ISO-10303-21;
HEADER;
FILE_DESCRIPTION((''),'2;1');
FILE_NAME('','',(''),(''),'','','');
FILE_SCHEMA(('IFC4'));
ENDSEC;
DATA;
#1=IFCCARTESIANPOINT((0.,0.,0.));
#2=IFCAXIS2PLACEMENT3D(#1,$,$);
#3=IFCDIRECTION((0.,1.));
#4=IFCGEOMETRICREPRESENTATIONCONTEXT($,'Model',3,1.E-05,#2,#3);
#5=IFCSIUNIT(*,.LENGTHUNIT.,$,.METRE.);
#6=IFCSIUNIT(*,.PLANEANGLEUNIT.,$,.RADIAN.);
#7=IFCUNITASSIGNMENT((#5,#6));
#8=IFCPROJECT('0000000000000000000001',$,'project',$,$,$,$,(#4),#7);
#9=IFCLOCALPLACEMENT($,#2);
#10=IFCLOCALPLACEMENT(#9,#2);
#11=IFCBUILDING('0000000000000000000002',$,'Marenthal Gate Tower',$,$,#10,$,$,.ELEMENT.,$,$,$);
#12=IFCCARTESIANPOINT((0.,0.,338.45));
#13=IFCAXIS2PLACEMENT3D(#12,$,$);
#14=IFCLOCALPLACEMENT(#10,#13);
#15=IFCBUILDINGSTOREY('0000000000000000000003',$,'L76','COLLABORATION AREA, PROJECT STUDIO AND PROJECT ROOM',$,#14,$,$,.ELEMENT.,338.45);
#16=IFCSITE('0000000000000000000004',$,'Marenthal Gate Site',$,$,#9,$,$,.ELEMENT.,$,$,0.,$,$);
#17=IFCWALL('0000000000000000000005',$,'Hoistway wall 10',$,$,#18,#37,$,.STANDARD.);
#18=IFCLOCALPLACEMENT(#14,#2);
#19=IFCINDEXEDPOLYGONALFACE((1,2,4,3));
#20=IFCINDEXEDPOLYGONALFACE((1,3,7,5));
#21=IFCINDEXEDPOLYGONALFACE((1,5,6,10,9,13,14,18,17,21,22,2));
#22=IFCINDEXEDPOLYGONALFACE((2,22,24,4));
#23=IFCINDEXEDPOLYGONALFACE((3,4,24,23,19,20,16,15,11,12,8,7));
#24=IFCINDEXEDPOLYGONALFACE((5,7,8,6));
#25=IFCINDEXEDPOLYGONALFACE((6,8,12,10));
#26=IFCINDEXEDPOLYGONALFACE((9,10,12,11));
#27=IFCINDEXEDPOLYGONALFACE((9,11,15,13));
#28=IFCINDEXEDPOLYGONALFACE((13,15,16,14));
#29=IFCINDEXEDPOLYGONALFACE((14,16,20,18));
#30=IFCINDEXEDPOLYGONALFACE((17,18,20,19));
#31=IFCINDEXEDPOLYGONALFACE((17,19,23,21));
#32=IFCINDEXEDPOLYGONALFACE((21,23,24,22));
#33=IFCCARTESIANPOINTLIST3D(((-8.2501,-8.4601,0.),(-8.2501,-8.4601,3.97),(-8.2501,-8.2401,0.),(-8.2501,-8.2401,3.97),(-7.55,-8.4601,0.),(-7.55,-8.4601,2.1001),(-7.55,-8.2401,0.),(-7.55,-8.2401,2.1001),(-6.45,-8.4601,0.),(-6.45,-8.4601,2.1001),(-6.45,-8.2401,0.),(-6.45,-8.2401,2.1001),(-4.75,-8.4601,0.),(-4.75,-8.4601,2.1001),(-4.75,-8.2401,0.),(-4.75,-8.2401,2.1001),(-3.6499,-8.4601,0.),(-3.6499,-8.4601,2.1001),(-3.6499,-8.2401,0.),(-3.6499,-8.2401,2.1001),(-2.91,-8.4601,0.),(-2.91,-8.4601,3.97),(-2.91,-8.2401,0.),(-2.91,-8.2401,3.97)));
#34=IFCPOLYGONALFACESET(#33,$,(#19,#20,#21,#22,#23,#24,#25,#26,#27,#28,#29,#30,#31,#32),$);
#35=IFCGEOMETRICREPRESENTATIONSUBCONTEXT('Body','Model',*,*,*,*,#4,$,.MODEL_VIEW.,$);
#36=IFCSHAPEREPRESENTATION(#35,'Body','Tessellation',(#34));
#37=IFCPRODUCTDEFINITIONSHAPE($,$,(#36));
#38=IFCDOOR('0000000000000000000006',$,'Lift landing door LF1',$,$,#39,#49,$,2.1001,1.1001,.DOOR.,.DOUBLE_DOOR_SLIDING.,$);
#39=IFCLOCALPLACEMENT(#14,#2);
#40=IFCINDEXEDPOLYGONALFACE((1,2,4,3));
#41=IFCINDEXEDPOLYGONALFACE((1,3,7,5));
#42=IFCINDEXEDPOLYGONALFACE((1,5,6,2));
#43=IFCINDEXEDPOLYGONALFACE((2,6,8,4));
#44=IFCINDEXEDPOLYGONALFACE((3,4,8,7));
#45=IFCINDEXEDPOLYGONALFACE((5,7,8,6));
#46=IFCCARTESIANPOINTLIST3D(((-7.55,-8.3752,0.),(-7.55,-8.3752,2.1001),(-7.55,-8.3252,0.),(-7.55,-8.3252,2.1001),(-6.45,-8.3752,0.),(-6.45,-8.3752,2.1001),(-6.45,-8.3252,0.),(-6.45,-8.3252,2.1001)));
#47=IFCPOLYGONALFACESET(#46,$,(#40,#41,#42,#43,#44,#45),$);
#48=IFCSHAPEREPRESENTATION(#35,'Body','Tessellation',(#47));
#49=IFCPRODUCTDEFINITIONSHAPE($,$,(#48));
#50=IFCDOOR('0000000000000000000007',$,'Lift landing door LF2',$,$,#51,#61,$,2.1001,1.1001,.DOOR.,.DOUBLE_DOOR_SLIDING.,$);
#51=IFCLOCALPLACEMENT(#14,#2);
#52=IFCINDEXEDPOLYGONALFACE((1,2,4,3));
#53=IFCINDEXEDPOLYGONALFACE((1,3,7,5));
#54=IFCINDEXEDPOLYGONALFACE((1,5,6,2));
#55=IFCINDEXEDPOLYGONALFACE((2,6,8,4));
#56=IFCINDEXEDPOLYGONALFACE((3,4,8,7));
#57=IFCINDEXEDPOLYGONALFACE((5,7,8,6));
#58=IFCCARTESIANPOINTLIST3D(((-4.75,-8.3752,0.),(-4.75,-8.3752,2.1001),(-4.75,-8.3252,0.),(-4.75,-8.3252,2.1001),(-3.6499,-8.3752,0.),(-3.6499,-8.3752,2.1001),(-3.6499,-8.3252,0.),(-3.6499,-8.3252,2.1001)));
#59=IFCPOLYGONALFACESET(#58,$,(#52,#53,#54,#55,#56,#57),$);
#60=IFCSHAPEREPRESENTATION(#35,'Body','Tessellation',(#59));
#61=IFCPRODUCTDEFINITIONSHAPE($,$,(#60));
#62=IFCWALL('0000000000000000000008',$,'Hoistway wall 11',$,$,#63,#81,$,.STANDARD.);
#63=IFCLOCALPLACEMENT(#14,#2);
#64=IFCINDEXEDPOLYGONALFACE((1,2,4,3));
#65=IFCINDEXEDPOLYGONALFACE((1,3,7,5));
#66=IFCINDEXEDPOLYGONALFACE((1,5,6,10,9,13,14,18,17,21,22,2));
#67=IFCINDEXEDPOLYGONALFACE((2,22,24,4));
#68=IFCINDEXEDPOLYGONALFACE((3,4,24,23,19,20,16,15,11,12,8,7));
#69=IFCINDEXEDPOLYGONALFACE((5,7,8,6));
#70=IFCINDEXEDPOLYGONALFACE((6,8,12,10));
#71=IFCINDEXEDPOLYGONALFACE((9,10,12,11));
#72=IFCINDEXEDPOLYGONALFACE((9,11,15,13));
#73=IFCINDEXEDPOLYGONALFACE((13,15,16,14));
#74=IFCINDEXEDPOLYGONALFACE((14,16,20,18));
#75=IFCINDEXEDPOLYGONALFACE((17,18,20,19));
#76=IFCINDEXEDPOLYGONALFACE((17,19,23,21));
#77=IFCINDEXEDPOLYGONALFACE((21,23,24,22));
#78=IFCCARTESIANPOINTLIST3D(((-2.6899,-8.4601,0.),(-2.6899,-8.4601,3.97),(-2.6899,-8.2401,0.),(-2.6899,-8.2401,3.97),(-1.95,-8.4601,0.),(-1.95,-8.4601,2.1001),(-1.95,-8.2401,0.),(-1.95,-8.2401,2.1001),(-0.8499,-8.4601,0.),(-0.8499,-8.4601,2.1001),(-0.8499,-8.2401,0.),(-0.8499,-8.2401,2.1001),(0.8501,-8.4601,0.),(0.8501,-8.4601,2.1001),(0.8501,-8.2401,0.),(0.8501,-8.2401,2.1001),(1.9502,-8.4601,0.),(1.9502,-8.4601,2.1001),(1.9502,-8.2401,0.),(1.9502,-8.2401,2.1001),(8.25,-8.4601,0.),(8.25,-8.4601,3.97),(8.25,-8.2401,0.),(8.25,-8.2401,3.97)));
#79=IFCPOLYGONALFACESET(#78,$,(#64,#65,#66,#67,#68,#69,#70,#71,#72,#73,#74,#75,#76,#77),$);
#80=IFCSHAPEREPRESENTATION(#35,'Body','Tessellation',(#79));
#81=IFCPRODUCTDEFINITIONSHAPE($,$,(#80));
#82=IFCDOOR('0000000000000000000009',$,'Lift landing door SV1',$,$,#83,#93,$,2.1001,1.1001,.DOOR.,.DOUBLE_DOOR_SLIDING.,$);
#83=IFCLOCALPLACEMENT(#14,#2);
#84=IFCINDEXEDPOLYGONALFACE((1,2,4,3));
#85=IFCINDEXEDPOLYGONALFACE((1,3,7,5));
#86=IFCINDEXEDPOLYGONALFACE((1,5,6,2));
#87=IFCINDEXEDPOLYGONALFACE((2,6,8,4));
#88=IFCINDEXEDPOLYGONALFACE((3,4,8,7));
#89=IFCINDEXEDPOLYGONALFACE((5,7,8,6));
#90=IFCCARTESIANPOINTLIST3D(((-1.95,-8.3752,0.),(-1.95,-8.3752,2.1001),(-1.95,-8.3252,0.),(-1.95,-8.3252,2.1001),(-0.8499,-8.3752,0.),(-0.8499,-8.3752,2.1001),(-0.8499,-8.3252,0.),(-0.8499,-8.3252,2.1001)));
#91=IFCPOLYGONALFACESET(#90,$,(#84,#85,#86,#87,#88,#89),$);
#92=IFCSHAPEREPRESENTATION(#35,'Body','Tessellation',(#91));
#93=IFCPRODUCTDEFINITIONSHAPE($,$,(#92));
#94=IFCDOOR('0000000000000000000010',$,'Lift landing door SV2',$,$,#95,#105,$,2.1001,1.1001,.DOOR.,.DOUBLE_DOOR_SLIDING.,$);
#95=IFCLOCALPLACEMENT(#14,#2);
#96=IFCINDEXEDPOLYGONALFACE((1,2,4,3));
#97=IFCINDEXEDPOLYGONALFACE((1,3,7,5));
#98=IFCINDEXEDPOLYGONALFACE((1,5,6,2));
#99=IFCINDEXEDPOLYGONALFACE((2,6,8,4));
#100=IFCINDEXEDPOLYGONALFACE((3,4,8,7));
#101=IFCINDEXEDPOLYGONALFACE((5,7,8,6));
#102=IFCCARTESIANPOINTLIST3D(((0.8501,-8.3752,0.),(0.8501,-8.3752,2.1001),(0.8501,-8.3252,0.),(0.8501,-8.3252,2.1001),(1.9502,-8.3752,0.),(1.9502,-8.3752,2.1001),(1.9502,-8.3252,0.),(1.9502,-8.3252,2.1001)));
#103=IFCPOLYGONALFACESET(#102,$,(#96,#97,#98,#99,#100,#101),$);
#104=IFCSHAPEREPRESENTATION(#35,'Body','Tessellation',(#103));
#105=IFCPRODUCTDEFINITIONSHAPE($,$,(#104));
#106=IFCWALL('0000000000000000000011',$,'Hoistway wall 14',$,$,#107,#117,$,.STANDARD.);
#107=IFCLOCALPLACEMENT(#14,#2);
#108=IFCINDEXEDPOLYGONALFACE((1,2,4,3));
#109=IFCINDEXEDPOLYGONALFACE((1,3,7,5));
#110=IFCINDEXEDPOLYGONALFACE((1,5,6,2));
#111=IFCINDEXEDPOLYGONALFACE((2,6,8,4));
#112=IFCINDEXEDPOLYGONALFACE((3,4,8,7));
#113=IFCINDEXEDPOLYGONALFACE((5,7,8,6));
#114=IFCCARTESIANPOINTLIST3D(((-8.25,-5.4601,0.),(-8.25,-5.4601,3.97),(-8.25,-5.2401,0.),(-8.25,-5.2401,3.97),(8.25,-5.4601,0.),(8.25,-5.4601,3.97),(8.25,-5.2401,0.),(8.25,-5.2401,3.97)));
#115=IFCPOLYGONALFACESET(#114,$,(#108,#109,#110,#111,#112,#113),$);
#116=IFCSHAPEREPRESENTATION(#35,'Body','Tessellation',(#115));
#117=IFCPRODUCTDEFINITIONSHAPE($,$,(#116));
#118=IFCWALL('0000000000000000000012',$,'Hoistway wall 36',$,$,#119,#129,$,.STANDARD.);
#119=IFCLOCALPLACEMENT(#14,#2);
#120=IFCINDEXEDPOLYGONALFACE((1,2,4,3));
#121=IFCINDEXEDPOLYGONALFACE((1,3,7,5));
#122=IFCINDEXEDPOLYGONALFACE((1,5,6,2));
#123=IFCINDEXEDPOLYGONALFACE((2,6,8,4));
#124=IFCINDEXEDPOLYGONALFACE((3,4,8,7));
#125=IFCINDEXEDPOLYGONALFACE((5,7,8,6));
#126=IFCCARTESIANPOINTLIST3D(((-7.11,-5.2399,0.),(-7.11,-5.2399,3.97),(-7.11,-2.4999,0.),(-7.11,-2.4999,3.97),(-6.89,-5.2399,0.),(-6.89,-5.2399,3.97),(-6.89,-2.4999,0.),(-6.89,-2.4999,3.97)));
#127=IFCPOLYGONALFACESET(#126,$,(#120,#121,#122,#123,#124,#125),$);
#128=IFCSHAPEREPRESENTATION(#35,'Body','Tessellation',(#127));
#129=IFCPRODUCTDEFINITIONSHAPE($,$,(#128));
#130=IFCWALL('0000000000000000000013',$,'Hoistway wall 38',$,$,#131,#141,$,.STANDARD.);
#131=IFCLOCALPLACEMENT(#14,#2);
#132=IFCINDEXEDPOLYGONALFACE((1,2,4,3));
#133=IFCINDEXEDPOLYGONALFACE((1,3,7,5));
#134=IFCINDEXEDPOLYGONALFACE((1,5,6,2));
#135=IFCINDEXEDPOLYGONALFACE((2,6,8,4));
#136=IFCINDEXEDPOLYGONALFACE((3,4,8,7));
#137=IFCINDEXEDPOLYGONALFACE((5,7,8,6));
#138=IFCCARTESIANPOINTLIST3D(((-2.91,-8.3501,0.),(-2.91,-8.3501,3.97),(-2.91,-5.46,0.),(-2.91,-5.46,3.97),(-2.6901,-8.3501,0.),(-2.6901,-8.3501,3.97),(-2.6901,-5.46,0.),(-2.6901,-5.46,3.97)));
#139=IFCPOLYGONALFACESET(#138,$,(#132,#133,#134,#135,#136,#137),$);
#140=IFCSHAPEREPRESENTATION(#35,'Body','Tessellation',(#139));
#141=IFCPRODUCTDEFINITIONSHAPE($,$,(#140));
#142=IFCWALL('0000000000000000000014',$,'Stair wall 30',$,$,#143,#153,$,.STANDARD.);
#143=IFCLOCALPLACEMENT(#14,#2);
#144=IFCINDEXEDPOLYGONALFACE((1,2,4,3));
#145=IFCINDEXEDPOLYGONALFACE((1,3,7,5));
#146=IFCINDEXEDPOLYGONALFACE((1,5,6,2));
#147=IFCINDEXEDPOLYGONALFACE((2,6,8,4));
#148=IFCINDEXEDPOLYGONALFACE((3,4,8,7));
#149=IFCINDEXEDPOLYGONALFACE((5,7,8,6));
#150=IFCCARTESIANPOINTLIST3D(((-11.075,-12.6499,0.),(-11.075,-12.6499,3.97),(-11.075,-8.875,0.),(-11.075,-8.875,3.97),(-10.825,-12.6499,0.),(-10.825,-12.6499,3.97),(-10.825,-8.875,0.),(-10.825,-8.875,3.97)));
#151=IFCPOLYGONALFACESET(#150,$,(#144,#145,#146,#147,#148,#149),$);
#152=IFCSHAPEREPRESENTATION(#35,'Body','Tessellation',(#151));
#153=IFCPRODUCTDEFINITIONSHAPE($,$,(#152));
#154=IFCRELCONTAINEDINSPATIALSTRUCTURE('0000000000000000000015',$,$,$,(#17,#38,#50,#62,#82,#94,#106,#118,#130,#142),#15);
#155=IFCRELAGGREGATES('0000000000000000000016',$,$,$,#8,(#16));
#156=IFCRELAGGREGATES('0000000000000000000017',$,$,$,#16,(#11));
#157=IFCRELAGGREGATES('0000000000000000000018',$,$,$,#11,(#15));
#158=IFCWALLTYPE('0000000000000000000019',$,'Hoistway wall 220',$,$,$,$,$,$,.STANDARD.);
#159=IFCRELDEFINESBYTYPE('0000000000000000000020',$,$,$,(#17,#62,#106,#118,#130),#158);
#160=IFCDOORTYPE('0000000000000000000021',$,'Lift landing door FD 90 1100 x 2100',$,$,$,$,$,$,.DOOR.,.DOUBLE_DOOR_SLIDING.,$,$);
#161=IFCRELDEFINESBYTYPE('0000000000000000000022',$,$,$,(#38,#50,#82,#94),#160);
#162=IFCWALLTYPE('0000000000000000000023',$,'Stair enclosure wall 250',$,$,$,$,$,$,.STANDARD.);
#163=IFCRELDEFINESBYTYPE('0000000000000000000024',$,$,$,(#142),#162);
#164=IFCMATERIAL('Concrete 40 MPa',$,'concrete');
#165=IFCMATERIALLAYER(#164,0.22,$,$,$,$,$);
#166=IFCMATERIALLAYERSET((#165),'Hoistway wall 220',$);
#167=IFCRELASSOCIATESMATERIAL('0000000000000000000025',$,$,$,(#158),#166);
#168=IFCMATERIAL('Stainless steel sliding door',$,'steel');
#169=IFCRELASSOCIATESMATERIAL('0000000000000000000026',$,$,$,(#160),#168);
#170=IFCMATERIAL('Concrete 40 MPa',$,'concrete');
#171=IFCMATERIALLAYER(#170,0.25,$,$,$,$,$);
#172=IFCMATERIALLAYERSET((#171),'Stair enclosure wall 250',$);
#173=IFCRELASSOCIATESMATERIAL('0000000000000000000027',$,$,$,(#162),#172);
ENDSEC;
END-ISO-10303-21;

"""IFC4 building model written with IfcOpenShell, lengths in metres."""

from ifc_helpers import new_model, si_unit, direction, frame, frame_2d, origin, place, context, subcontext, project, spatial, rectangle, extrude, material, layer, layer_set, type_object, element, fill, save


model = new_model("IFC4")

# Units and contexts
model_context = context("Model", 3, precision=1e-05, world=origin(), true_north=direction((0.0, 1.0)))
body_context = subcontext(model_context, "Body", "Model", "MODEL_VIEW")
ifc_project = project(units=[si_unit("LENGTHUNIT", "METRE"), si_unit("PLANEANGLEUNIT", "RADIAN")], contexts=[model_context])

# Site, building, storey
site_placement = place(None, origin())
site = spatial("IfcSite", under=ifc_project, at=site_placement, Name="Marenthal Gate Site", CompositionType="ELEMENT", RefElevation=0.0)
building_placement = place(site_placement, origin())
building = spatial("IfcBuilding", under=site, at=building_placement, Name="Marenthal Gate Tower", CompositionType="ELEMENT")
storey_placement = place(building_placement, frame((0.0, 0.0, 338.45)))
storey = spatial("IfcBuildingStorey", under=building, at=storey_placement, Name="L76", Description="COLLABORATION AREA, PROJECT STUDIO AND PROJECT ROOM", CompositionType="ELEMENT", Elevation=338.45)

# Walls, openings, doors
ifc_material_1 = material(Name="Concrete 40 MPa", Category="concrete")
ifc_layer_1 = layer(ifc_material_1, 0.22)
ifc_layer_set_1 = layer_set([ifc_layer_1], Name="Hoistway wall 220")
wall_type_1 = type_object("IfcWallType", Name="Hoistway wall 220", PredefinedType="STANDARD", material=ifc_layer_set_1)
wall_1_placement = place(storey_placement, frame((-8.25, -8.3501, 0.0), z_axis=(0.0, 0.0, 1.0), x_axis=(1.0, 0.0, 0.0)))
wall_1 = element("IfcWall", 1, at=wall_1_placement, inside=storey, type_object=wall_type_1, Name="Hoistway wall 10", PredefinedType="STANDARD", context=body_context, shape_type="SweptSolid", body=[
    extrude(rectangle(XDim=5.3401, YDim=0.22, at=frame_2d((2.6699, 0.0))), origin(), (0.0, 0.0, 1.0), 3.97),
])
opening_1_placement = place(wall_1_placement, frame((0.7, 0.0, 0.0)))
opening_1 = element("IfcOpeningElement", 2, at=opening_1_placement, cuts=wall_1, PredefinedType="OPENING", context=body_context, shape_type="SweptSolid", body=[
    extrude(rectangle(XDim=1.1001, YDim=2.1001, at=frame_2d((0.55, 1.05))), frame((0.0, 0.1201, 0.0), z_axis=(0.0, -1.0, 0.0), x_axis=(1.0, 0.0, 0.0)), (0.0, 0.0, 1.0), 0.24),
])
opening_2_placement = place(wall_1_placement, frame((3.5, 0.0, 0.0)))
opening_2 = element("IfcOpeningElement", 3, at=opening_2_placement, cuts=wall_1, PredefinedType="OPENING", context=body_context, shape_type="SweptSolid", body=[
    extrude(rectangle(XDim=1.1001, YDim=2.1001, at=frame_2d((0.55, 1.05))), frame((0.0, 0.1201, 0.0), z_axis=(0.0, -1.0, 0.0), x_axis=(1.0, 0.0, 0.0)), (0.0, 0.0, 1.0), 0.24),
])
ifc_material_2 = material(Name="Stainless steel sliding door", Category="steel")
door_type_1 = type_object("IfcDoorType", Name="Lift landing door FD 90 1100 x 2100", OperationType="DOUBLE_DOOR_SLIDING", PredefinedType="DOOR", material=ifc_material_2)
door_1_placement = place(opening_1_placement, origin())
door_1 = element("IfcDoor", 4, at=door_1_placement, inside=storey, type_object=door_type_1, Name="Lift landing door LF1", OperationType="DOUBLE_DOOR_SLIDING", OverallHeight=2.1001, OverallWidth=1.1001, PredefinedType="DOOR", context=body_context, shape_type="SweptSolid", body=[
    extrude(rectangle(XDim=1.1001, YDim=2.1001, at=frame_2d((0.55, 1.05))), frame((0.0, 0.0249, 0.0), z_axis=(0.0, -1.0, 0.0), x_axis=(1.0, 0.0, 0.0)), (0.0, 0.0, 1.0), 0.05),
])
fill(opening_1, door_1)
door_2_placement = place(opening_2_placement, origin())
door_2 = element("IfcDoor", 5, at=door_2_placement, inside=storey, type_object=door_type_1, Name="Lift landing door LF2", OperationType="DOUBLE_DOOR_SLIDING", OverallHeight=2.1001, OverallWidth=1.1001, PredefinedType="DOOR", context=body_context, shape_type="SweptSolid", body=[
    extrude(rectangle(XDim=1.1001, YDim=2.1001, at=frame_2d((0.55, 1.05))), frame((0.0, 0.0249, 0.0), z_axis=(0.0, -1.0, 0.0), x_axis=(1.0, 0.0, 0.0)), (0.0, 0.0, 1.0), 0.05),
])
fill(opening_2, door_2)
wall_2_placement = place(storey_placement, frame((-2.6899, -8.3501, 0.0), z_axis=(0.0, 0.0, 1.0), x_axis=(1.0, 0.0, 0.0)))
wall_2 = element("IfcWall", 6, at=wall_2_placement, inside=storey, type_object=wall_type_1, Name="Hoistway wall 11", PredefinedType="STANDARD", context=body_context, shape_type="SweptSolid", body=[
    extrude(rectangle(XDim=10.9399, YDim=0.22, at=frame_2d((5.47, 0.0))), origin(), (0.0, 0.0, 1.0), 3.97),
])
opening_3_placement = place(wall_2_placement, frame((0.74, 0.0, 0.0)))
opening_3 = element("IfcOpeningElement", 7, at=opening_3_placement, cuts=wall_2, PredefinedType="OPENING", context=body_context, shape_type="SweptSolid", body=[
    extrude(rectangle(XDim=1.1001, YDim=2.1001, at=frame_2d((0.55, 1.05))), frame((0.0, 0.1201, 0.0), z_axis=(0.0, -1.0, 0.0), x_axis=(1.0, 0.0, 0.0)), (0.0, 0.0, 1.0), 0.24),
])
opening_4_placement = place(wall_2_placement, frame((3.54, 0.0, 0.0)))
opening_4 = element("IfcOpeningElement", 8, at=opening_4_placement, cuts=wall_2, PredefinedType="OPENING", context=body_context, shape_type="SweptSolid", body=[
    extrude(rectangle(XDim=1.1001, YDim=2.1001, at=frame_2d((0.55, 1.05))), frame((0.0, 0.1201, 0.0), z_axis=(0.0, -1.0, 0.0), x_axis=(1.0, 0.0, 0.0)), (0.0, 0.0, 1.0), 0.24),
])
door_3_placement = place(opening_3_placement, origin())
door_3 = element("IfcDoor", 9, at=door_3_placement, inside=storey, type_object=door_type_1, Name="Lift landing door SV1", OperationType="DOUBLE_DOOR_SLIDING", OverallHeight=2.1001, OverallWidth=1.1001, PredefinedType="DOOR", context=body_context, shape_type="SweptSolid", body=[
    extrude(rectangle(XDim=1.1001, YDim=2.1001, at=frame_2d((0.55, 1.05))), frame((0.0, 0.0249, 0.0), z_axis=(0.0, -1.0, 0.0), x_axis=(1.0, 0.0, 0.0)), (0.0, 0.0, 1.0), 0.05),
])
fill(opening_3, door_3)
door_4_placement = place(opening_4_placement, origin())
door_4 = element("IfcDoor", 10, at=door_4_placement, inside=storey, type_object=door_type_1, Name="Lift landing door SV2", OperationType="DOUBLE_DOOR_SLIDING", OverallHeight=2.1001, OverallWidth=1.1001, PredefinedType="DOOR", context=body_context, shape_type="SweptSolid", body=[
    extrude(rectangle(XDim=1.1001, YDim=2.1001, at=frame_2d((0.55, 1.05))), frame((0.0, 0.0249, 0.0), z_axis=(0.0, -1.0, 0.0), x_axis=(1.0, 0.0, 0.0)), (0.0, 0.0, 1.0), 0.05),
])
fill(opening_4, door_4)

# Walls
wall_3_placement = place(storey_placement, frame((-8.25, -5.3501, 0.0), z_axis=(0.0, 0.0, 1.0), x_axis=(1.0, 0.0, 0.0)))
element("IfcWall", 11, at=wall_3_placement, inside=storey, type_object=wall_type_1, Name="Hoistway wall 14", PredefinedType="STANDARD", context=body_context, shape_type="SweptSolid", body=[
    extrude(rectangle(XDim=16.5, YDim=0.22, at=frame_2d((8.25, 0.0))), origin(), (0.0, 0.0, 1.0), 3.97),
])
wall_4_placement = place(storey_placement, frame((-7.0, -5.24, 0.0), z_axis=(0.0, 0.0, 1.0), x_axis=(0.0, 1.0, 0.0)))
element("IfcWall", 12, at=wall_4_placement, inside=storey, type_object=wall_type_1, Name="Hoistway wall 36", PredefinedType="STANDARD", context=body_context, shape_type="SweptSolid", body=[
    extrude(rectangle(XDim=2.74, YDim=0.22, at=frame_2d((1.3701, 0.0))), origin(), (0.0, 0.0, 1.0), 3.97),
])
wall_5_placement = place(storey_placement, frame((-2.8, -8.3501, 0.0), z_axis=(0.0, 0.0, 1.0), x_axis=(0.0, 1.0, 0.0)))
element("IfcWall", 13, at=wall_5_placement, inside=storey, type_object=wall_type_1, Name="Hoistway wall 38", PredefinedType="STANDARD", context=body_context, shape_type="SweptSolid", body=[
    extrude(rectangle(XDim=2.8901, YDim=0.22, at=frame_2d((1.4451, 0.0))), origin(), (0.0, 0.0, 1.0), 3.97),
])
ifc_material_3 = material(Name="Concrete 40 MPa", Category="concrete")
ifc_layer_2 = layer(ifc_material_3, 0.25)
ifc_layer_set_2 = layer_set([ifc_layer_2], Name="Stair enclosure wall 250")
wall_type_2 = type_object("IfcWallType", Name="Stair enclosure wall 250", PredefinedType="STANDARD", material=ifc_layer_set_2)
wall_6_placement = place(storey_placement, frame((-10.95, -12.6499, 0.0), z_axis=(0.0, 0.0, 1.0), x_axis=(0.0, 1.0, 0.0)))
element("IfcWall", 14, at=wall_6_placement, inside=storey, type_object=wall_type_2, Name="Stair wall 30", PredefinedType="STANDARD", context=body_context, shape_type="SweptSolid", body=[
    extrude(rectangle(XDim=3.7749, YDim=0.25, at=frame_2d((1.8875, 0.0))), origin(), (0.0, 0.0, 1.0), 3.97),
])

save(model, "model.ifc")
